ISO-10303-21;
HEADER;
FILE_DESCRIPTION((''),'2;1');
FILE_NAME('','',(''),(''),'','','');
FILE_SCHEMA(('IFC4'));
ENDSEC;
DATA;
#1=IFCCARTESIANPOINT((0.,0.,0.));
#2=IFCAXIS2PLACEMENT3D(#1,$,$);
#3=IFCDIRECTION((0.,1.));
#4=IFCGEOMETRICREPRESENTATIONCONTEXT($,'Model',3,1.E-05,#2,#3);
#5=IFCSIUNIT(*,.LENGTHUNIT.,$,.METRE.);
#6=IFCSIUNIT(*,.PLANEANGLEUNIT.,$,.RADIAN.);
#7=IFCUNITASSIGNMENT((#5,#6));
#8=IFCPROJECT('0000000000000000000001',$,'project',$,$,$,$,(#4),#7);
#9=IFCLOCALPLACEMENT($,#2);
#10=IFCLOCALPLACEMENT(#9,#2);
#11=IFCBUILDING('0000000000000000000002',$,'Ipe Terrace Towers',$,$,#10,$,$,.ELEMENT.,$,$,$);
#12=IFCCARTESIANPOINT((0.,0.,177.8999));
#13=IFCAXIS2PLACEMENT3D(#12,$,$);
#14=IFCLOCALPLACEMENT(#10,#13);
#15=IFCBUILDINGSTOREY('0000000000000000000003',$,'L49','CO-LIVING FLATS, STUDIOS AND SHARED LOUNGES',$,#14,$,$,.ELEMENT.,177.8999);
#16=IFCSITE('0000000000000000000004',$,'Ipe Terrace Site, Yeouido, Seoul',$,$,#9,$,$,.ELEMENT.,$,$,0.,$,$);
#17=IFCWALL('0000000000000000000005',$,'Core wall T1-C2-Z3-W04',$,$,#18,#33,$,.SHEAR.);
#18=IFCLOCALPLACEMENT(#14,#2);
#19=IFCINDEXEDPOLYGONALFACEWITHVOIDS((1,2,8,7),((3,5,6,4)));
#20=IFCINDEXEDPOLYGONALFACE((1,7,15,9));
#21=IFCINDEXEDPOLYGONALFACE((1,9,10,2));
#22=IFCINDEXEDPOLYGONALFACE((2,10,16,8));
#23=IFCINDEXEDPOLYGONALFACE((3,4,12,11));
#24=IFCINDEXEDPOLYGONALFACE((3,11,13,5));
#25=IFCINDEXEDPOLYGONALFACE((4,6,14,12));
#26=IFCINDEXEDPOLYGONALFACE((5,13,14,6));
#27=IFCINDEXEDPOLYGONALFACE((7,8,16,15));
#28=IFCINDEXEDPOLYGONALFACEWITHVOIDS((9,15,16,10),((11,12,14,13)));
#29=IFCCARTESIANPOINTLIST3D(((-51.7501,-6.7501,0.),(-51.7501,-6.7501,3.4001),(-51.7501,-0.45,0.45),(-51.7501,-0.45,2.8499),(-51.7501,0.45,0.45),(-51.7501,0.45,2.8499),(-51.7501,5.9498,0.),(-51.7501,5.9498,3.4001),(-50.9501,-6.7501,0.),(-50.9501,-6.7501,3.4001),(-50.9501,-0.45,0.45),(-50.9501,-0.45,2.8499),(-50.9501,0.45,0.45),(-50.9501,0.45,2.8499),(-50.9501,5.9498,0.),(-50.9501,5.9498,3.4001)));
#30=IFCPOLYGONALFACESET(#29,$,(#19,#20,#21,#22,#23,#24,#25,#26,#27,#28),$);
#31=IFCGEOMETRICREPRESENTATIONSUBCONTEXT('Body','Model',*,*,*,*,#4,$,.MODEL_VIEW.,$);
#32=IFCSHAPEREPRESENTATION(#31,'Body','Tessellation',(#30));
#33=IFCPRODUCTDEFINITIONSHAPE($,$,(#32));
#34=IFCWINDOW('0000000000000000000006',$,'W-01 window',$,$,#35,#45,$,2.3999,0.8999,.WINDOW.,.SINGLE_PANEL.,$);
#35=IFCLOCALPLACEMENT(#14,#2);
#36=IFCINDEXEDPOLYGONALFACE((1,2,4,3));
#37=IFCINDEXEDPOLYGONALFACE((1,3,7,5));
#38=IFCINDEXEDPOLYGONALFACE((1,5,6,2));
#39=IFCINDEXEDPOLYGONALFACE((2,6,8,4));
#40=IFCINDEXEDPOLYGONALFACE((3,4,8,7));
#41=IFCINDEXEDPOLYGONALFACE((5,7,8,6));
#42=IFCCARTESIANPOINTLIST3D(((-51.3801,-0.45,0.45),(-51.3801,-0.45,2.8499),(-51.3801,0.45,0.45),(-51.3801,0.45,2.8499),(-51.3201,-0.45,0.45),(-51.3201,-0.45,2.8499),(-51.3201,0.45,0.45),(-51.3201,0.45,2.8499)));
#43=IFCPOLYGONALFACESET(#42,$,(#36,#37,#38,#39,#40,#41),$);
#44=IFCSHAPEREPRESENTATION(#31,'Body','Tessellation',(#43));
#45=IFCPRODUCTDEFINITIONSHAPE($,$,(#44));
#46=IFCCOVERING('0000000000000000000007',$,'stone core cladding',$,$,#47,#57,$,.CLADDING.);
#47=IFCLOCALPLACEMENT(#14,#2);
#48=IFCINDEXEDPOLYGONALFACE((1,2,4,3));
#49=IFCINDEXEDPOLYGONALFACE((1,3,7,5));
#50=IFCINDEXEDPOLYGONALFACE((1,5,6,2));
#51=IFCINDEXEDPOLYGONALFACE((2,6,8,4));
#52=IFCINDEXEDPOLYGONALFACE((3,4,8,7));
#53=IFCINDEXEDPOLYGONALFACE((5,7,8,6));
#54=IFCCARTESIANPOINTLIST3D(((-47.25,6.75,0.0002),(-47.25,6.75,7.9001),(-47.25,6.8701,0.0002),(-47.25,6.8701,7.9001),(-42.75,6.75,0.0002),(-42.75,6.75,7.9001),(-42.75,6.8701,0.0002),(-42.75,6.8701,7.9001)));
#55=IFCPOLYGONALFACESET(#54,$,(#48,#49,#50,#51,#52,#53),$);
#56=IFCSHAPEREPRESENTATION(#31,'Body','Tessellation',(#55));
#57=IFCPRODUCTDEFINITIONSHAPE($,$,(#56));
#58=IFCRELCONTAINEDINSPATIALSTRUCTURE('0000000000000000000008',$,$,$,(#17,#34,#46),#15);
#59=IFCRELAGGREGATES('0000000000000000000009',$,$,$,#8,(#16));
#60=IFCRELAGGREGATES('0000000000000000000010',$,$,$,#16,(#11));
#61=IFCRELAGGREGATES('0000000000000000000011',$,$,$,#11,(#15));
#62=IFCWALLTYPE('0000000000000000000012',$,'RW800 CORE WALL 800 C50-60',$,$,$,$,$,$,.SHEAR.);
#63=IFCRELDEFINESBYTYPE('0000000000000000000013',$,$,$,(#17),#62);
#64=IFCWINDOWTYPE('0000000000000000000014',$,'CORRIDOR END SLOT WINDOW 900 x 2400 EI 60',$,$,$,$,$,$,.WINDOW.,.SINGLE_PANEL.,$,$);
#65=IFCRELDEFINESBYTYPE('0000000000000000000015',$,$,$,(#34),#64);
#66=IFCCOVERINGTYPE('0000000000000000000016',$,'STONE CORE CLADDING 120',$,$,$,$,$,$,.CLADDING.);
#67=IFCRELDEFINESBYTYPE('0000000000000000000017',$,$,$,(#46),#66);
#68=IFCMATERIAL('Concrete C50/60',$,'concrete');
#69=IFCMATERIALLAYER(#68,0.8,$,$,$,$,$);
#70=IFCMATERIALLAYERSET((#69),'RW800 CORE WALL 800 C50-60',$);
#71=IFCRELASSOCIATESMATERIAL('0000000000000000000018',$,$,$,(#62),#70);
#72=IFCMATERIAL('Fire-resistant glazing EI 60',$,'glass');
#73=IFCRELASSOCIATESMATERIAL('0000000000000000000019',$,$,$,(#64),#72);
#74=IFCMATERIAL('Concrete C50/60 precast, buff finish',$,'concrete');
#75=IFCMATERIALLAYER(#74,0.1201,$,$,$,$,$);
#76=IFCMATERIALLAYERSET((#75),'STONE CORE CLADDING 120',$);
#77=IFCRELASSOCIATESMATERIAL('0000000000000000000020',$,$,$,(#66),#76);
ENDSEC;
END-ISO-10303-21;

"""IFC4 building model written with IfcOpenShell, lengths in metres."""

from ifc_helpers import new_model, si_unit, direction, frame, frame_2d, origin, origin_2d, place, context, subcontext, project, spatial, rectangle, extrude, material, layer, layer_set, type_object, element, fill, save


model = new_model("IFC4")

# Units and contexts
model_context = context("Model", 3, precision=1e-05, world=origin(), true_north=direction((0.0, 1.0)))
body_context = subcontext(model_context, "Body", "Model", "MODEL_VIEW")
ifc_project = project(units=[si_unit("LENGTHUNIT", "METRE"), si_unit("PLANEANGLEUNIT", "RADIAN")], contexts=[model_context])

# Site, building, storey
site_placement = place(None, origin())
site = spatial("IfcSite", under=ifc_project, at=site_placement, Name="Ipe Terrace Site, Yeouido, Seoul", CompositionType="ELEMENT", RefElevation=0.0)
building_placement = place(site_placement, origin())
building = spatial("IfcBuilding", under=site, at=building_placement, Name="Ipe Terrace Towers", CompositionType="ELEMENT")
storey_placement = place(building_placement, frame((0.0, 0.0, 177.8999)))
storey = spatial("IfcBuildingStorey", under=building, at=storey_placement, Name="L49", Description="CO-LIVING FLATS, STUDIOS AND SHARED LOUNGES", CompositionType="ELEMENT", Elevation=177.8999)

# Shared definitions
ifc_material_1 = material(Name="Concrete C50/60", Category="concrete")
ifc_layer_1 = layer(ifc_material_1, 0.8)
ifc_layer_set_1 = layer_set([ifc_layer_1], Name="RW800 CORE WALL 800 C50-60")
wall_type_1 = type_object("IfcWallType", Name="RW800 CORE WALL 800 C50-60", PredefinedType="SHEAR", material=ifc_layer_set_1)

# Wall, opening, window
wall_1_placement = place(storey_placement, frame((-51.3501, 5.95, 0.0), z_axis=(0.0, 0.0, 1.0), x_axis=(0.0, -1.0, 0.0)))
wall_1 = element("IfcWall", 1, at=wall_1_placement, inside=storey, type_object=wall_type_1, Name="Core wall T1-C2-Z3-W04", PredefinedType="SHEAR", context=body_context, shape_type="SweptSolid", body=[
    extrude(rectangle(XDim=12.7, YDim=0.8, at=frame_2d((6.3501, 0.0))), origin(), (0.0, 0.0, 1.0), 3.4001),
])
opening_1_placement = place(wall_1_placement, frame((5.5, 0.0, 0.45)))
opening_1 = element("IfcOpeningElement", 2, at=opening_1_placement, cuts=wall_1, PredefinedType="OPENING", context=body_context, shape_type="SweptSolid", body=[
    extrude(rectangle(XDim=0.8999, YDim=2.3999, at=frame_2d((0.45, 1.2))), frame((0.0, 0.4102, 0.0), z_axis=(0.0, -1.0, 0.0), x_axis=(1.0, 0.0, 0.0)), (0.0, 0.0, 1.0), 0.8201),
])
ifc_material_2 = material(Name="Fire-resistant glazing EI 60", Category="glass")
window_type = type_object("IfcWindowType", Name="CORRIDOR END SLOT WINDOW 900 x 2400 EI 60", PartitioningType="SINGLE_PANEL", PredefinedType="WINDOW", material=ifc_material_2)
window_placement = place(opening_1_placement, origin())
window = element("IfcWindow", 3, at=window_placement, inside=storey, type_object=window_type, Name="W-01 window", OverallHeight=2.3999, OverallWidth=0.8999, PartitioningType="SINGLE_PANEL", PredefinedType="WINDOW", context=body_context, shape_type="SweptSolid", body=[
    extrude(rectangle(XDim=0.8999, YDim=2.3999, at=frame_2d((0.45, 1.2))), frame((0.0, 0.03, 0.0), z_axis=(0.0, -1.0, 0.0), x_axis=(1.0, 0.0, 0.0)), (0.0, 0.0, 1.0), 0.0601),
])
fill(opening_1, window)

# Covering
ifc_material_3 = material(Name="Concrete C50/60 precast, buff finish", Category="concrete")
ifc_layer_2 = layer(ifc_material_3, 0.1201)
ifc_layer_set_2 = layer_set([ifc_layer_2], Name="STONE CORE CLADDING 120")
covering_type = type_object("IfcCoveringType", Name="STONE CORE CLADDING 120", PredefinedType="CLADDING", material=ifc_layer_set_2)
covering_placement = place(storey_placement, frame((-45.0, 6.8101, 0.0002), z_axis=(0.0, 0.0, 1.0), x_axis=(-1.0, 0.0, 0.0)))
element("IfcCovering", 4, at=covering_placement, inside=storey, type_object=covering_type, Name="stone core cladding", PredefinedType="CLADDING", context=body_context, shape_type="SweptSolid", body=[
    extrude(rectangle(XDim=4.5, YDim=0.1201, at=origin_2d()), origin(), (0.0, 0.0, 1.0), 7.8999),
])

save(model, "model.ifc")
